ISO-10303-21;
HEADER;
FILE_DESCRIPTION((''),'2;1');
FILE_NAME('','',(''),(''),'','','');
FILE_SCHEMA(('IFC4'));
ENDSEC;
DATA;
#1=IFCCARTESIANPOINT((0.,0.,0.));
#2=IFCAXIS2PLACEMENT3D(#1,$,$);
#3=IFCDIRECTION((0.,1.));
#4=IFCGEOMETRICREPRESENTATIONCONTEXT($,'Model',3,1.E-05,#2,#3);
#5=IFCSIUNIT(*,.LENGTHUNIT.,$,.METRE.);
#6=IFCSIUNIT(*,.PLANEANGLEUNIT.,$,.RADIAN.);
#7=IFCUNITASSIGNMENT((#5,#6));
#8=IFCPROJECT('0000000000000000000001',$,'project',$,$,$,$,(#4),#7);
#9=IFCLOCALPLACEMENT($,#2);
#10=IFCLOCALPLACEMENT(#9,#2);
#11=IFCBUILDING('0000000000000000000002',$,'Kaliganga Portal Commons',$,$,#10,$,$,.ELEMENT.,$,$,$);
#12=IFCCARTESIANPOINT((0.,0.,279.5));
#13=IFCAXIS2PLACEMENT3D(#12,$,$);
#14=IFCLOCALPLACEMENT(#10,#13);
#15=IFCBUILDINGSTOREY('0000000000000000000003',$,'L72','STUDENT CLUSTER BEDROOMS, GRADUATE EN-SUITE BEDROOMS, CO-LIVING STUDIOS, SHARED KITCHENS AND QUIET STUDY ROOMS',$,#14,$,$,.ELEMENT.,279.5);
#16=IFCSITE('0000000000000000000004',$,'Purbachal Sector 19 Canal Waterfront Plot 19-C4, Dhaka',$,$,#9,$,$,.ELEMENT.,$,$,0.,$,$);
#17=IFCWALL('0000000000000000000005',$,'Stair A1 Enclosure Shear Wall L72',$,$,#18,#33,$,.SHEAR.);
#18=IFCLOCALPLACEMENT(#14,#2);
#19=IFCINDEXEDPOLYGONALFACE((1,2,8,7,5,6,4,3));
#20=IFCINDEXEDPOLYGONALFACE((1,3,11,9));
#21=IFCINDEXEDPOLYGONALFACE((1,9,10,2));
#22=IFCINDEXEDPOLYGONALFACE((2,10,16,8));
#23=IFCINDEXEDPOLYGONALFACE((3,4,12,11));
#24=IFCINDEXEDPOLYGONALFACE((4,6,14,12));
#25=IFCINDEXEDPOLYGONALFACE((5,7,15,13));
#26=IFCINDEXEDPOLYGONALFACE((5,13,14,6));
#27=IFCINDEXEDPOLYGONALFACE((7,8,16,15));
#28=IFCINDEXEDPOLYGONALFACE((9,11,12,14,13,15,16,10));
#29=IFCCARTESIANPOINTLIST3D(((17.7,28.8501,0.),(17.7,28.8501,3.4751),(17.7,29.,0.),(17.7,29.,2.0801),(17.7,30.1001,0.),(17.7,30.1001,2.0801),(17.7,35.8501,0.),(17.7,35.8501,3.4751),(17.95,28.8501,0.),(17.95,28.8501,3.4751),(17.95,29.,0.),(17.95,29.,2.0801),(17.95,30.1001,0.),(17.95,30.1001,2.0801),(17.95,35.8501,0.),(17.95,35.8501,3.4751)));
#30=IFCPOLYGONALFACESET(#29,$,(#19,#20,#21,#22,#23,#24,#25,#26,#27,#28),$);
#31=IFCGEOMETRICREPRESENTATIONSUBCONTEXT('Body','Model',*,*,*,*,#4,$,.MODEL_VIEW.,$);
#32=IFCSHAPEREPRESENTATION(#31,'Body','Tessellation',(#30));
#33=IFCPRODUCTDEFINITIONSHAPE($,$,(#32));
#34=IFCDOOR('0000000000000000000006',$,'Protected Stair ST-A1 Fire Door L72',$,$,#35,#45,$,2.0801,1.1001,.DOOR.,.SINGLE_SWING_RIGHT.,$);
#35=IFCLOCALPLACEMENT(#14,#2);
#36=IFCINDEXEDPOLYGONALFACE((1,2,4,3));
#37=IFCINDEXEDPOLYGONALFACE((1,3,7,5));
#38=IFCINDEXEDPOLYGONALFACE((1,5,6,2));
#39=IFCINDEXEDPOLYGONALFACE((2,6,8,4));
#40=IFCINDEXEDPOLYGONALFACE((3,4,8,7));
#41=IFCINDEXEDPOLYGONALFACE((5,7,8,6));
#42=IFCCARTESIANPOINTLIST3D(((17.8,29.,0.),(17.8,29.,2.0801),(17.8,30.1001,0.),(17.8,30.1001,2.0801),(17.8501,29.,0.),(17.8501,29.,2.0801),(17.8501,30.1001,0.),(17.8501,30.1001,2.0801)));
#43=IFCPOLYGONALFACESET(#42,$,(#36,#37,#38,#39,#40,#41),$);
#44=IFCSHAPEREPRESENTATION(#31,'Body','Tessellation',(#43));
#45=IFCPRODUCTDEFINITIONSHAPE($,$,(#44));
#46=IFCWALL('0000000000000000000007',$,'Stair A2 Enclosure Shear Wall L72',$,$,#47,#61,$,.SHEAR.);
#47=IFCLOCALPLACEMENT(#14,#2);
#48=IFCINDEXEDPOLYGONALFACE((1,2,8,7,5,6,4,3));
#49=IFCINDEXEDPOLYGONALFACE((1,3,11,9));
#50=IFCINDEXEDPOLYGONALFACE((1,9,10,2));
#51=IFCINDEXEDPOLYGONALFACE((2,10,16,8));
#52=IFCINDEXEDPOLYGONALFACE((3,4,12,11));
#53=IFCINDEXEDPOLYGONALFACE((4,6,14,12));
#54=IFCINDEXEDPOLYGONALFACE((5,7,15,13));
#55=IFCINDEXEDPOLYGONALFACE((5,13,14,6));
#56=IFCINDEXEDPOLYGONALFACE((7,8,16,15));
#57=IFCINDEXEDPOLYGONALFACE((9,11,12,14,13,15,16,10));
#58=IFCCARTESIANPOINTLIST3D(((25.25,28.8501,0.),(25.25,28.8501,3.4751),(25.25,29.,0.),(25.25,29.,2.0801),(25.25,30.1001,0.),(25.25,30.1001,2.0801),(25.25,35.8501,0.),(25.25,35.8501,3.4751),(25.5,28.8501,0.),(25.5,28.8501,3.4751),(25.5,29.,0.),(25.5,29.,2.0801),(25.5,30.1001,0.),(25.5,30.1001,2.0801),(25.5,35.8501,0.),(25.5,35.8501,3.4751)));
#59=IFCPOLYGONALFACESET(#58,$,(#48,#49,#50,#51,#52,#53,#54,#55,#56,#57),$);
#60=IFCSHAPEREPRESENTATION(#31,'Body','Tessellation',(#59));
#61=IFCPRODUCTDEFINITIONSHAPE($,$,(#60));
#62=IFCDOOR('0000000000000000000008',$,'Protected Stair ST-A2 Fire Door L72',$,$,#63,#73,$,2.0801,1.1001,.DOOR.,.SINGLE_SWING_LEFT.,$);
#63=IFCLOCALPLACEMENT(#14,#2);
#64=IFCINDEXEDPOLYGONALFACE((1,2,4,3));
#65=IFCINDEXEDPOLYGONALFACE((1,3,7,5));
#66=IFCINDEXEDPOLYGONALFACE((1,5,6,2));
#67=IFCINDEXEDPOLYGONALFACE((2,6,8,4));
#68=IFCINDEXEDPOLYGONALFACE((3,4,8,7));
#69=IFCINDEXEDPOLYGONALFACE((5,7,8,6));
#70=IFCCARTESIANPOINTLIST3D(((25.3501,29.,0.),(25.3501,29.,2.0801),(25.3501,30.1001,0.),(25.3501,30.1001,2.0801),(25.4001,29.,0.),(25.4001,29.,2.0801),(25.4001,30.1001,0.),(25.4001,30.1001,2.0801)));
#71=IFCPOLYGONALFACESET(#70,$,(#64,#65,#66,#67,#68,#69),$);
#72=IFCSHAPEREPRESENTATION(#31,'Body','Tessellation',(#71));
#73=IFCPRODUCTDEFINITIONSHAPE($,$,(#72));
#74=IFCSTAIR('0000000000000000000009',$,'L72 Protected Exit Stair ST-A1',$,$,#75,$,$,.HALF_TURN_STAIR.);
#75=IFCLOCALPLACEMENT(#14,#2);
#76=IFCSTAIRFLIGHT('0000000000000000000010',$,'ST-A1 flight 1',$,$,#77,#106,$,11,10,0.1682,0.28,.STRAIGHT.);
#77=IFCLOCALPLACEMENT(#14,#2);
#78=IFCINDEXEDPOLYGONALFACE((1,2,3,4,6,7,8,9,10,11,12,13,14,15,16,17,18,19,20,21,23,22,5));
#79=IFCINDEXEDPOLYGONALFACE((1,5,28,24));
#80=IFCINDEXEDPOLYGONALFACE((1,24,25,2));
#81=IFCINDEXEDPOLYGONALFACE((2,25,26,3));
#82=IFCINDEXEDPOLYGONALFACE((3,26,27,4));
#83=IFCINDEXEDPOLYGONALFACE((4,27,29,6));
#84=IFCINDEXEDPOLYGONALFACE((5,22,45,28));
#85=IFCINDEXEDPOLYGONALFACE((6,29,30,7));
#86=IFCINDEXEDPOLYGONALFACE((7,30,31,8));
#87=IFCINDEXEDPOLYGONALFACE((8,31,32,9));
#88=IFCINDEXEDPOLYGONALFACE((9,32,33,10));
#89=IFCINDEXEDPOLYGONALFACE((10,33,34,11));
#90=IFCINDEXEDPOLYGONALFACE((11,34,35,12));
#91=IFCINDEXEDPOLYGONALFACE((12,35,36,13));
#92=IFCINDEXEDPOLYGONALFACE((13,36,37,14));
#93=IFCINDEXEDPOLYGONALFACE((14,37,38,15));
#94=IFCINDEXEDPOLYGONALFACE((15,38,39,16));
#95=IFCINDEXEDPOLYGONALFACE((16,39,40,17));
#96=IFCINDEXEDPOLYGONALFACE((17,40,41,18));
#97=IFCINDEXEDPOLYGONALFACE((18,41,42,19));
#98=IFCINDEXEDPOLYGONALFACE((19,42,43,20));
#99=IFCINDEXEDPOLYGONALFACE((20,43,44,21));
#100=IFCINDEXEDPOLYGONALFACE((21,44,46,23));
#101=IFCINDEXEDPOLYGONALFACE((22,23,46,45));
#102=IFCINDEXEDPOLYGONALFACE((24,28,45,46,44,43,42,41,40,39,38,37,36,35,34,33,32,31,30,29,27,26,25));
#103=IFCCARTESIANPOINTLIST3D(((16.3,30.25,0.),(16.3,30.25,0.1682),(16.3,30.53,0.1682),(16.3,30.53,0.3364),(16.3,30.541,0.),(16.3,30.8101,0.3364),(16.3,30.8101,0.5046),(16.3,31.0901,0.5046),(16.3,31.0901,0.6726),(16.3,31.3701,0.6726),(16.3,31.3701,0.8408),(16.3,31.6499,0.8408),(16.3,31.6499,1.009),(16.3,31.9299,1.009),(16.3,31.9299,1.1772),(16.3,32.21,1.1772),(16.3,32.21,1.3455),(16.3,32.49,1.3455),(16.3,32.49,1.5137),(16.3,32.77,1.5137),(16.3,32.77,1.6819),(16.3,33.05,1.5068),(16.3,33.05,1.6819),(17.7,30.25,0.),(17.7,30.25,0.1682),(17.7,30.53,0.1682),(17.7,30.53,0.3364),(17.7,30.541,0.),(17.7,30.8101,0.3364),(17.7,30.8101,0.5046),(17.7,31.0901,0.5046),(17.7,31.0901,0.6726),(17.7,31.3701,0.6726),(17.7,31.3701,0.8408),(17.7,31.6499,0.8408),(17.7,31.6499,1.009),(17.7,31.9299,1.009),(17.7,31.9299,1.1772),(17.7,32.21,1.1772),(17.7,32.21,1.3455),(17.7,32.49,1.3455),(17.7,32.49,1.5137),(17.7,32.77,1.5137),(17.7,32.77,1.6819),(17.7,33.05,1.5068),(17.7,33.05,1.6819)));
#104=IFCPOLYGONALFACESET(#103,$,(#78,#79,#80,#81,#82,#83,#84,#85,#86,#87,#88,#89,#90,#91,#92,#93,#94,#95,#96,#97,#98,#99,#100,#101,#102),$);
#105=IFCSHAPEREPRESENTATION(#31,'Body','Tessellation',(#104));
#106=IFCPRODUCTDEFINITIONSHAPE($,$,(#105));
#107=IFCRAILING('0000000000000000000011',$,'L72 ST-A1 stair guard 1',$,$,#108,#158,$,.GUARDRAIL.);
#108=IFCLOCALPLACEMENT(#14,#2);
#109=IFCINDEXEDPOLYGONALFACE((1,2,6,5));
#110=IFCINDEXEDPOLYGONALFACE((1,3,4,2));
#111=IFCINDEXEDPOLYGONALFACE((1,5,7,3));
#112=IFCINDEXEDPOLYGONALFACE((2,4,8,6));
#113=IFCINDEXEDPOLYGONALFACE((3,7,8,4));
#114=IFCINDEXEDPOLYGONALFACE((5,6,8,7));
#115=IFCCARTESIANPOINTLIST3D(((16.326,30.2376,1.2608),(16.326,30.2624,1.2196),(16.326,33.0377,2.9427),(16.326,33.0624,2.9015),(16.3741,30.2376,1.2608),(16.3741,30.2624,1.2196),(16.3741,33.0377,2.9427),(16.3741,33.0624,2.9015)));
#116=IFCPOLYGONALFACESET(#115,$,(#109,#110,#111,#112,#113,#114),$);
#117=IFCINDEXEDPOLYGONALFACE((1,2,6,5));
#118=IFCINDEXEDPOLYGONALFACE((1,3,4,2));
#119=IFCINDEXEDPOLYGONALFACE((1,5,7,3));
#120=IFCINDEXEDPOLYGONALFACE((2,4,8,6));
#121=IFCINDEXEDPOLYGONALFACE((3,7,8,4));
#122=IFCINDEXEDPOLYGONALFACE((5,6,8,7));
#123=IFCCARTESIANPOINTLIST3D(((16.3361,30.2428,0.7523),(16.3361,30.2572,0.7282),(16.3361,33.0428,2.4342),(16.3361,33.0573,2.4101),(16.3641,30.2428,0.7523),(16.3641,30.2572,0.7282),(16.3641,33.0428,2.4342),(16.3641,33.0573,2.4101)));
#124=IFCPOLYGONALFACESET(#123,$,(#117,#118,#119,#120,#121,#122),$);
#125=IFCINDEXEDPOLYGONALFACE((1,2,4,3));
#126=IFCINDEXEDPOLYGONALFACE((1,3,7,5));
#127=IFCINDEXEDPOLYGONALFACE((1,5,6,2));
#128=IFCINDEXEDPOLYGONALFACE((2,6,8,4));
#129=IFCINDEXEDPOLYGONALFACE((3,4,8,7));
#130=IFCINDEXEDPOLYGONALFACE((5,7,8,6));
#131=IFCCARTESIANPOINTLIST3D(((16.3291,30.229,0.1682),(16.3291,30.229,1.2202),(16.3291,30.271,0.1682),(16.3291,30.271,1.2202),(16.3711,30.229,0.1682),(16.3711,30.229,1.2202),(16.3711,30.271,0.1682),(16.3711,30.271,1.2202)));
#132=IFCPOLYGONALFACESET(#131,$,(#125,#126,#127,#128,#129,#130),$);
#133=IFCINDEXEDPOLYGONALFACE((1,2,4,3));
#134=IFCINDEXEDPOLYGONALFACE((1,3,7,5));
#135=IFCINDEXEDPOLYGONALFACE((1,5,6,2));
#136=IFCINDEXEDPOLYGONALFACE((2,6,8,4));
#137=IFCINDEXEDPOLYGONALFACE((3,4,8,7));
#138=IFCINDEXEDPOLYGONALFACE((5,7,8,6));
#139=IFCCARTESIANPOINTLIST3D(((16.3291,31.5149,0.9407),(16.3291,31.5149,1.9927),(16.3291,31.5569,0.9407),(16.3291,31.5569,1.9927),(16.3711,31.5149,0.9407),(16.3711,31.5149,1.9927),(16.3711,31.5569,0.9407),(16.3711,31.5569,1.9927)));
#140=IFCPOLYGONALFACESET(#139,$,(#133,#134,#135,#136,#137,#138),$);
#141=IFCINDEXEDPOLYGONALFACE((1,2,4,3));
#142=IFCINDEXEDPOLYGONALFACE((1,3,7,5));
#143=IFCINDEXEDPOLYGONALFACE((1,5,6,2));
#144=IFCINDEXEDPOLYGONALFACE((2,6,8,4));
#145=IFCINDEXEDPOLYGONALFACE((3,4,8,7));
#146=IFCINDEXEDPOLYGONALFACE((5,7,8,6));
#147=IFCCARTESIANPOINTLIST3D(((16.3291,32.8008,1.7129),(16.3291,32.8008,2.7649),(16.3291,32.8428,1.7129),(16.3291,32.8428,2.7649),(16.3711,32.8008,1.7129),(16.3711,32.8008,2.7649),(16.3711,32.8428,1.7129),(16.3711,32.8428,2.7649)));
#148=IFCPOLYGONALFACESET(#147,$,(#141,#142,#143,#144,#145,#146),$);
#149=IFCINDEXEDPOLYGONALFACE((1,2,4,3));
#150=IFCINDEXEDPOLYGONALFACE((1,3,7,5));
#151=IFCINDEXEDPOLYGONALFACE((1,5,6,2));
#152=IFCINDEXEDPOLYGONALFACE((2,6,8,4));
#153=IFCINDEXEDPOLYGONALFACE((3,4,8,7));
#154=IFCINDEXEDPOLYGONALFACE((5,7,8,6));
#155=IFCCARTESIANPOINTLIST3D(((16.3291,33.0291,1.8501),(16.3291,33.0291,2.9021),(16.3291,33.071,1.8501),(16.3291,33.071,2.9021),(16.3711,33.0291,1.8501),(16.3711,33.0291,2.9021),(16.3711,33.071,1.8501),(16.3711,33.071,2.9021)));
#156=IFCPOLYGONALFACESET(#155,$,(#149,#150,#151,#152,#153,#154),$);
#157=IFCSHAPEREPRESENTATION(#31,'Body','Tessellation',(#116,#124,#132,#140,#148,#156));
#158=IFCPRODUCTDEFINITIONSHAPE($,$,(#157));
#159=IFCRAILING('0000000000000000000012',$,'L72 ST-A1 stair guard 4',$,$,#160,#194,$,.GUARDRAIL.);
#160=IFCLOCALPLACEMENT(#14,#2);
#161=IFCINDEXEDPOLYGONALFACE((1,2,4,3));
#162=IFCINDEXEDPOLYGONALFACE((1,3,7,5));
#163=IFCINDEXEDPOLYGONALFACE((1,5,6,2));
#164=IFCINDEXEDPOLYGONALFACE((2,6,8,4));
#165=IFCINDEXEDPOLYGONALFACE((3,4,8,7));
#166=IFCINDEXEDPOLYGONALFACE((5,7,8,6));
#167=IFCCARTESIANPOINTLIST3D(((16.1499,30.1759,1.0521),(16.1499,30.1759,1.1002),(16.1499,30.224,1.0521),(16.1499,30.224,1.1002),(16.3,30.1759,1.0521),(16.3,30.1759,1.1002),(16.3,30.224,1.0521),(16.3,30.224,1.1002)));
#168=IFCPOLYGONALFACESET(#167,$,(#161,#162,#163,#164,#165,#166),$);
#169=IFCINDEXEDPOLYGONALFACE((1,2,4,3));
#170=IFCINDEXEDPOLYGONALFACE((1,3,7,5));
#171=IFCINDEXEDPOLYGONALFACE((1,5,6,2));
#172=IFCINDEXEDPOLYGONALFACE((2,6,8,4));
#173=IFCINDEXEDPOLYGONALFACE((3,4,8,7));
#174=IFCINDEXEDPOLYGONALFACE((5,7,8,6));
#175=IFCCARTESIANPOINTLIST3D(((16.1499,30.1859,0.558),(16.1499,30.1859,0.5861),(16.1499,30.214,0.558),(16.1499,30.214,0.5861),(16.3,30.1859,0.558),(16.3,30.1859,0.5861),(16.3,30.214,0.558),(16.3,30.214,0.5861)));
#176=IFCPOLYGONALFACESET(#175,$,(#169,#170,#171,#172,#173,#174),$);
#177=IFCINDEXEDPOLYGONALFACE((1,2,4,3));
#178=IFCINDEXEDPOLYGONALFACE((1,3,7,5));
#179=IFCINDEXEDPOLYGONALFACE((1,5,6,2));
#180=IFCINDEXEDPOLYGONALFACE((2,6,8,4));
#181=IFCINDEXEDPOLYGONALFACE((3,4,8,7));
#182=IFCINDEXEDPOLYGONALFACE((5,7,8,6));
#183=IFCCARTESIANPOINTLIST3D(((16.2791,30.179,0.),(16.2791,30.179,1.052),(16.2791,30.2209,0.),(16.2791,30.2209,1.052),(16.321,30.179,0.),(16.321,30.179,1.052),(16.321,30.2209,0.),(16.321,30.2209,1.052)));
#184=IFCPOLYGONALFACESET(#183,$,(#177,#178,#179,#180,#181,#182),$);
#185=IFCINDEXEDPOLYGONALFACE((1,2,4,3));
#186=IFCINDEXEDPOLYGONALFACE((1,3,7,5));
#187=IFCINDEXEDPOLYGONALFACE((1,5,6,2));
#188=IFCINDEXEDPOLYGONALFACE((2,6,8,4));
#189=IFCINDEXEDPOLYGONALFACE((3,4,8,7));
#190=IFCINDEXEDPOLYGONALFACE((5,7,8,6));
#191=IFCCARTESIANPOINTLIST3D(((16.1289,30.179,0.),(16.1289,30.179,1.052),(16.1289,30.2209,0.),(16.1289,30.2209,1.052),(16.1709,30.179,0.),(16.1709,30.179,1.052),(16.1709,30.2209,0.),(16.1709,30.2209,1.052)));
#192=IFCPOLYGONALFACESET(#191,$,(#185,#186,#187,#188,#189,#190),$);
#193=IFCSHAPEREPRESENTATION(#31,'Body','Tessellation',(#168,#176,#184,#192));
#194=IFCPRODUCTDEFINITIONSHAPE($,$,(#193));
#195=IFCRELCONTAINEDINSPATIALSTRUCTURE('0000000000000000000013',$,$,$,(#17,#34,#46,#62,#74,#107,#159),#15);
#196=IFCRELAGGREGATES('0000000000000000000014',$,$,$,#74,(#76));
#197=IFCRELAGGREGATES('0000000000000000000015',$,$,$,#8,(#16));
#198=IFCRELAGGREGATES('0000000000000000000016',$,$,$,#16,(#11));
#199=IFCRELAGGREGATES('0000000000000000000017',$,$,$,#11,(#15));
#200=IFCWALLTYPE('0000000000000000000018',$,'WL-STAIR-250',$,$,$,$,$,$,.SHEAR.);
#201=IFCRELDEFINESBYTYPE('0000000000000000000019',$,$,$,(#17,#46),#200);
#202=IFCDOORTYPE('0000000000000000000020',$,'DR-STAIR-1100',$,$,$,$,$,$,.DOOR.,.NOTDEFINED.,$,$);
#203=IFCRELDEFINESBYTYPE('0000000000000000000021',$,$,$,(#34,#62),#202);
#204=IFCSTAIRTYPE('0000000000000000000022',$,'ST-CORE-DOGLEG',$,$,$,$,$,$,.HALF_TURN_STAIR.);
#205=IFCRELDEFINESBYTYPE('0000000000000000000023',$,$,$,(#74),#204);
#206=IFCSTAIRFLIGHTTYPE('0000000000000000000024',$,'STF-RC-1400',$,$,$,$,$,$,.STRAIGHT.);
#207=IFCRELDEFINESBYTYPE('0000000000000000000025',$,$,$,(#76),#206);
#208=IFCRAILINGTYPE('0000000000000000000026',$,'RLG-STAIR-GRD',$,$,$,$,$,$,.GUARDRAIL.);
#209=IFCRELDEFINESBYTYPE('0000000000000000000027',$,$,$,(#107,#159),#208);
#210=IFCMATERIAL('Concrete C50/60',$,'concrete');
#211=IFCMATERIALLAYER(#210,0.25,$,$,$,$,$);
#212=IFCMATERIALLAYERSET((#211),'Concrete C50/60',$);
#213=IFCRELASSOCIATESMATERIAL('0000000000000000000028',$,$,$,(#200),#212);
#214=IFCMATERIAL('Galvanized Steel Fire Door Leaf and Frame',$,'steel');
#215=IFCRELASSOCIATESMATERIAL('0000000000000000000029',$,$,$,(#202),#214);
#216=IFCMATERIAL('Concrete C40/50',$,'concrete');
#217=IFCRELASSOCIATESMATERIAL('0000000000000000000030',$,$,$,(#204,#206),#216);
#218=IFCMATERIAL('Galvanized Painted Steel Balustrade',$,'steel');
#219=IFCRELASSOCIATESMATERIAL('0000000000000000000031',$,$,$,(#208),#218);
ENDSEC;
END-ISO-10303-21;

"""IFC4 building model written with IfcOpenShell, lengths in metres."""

from ifc_helpers import new_model, si_unit, direction, frame, frame_2d, origin, origin_2d, place, context, subcontext, project, spatial, polyline, rectangle, outline, extrude, material, layer, layer_set, type_object, element, fill, aggregate, save


model = new_model("IFC4")

# Units and contexts
model_context = context("Model", 3, precision=1e-05, world=origin(), true_north=direction((0.0, 1.0)))
body_context = subcontext(model_context, "Body", "Model", "MODEL_VIEW")
ifc_project = project(units=[si_unit("LENGTHUNIT", "METRE"), si_unit("PLANEANGLEUNIT", "RADIAN")], contexts=[model_context])

# Site, building, storey
site_placement = place(None, origin())
site = spatial("IfcSite", under=ifc_project, at=site_placement, Name="Purbachal Sector 19 Canal Waterfront Plot 19-C4, Dhaka", CompositionType="ELEMENT", RefElevation=0.0)
building_placement = place(site_placement, origin())
building = spatial("IfcBuilding", under=site, at=building_placement, Name="Kaliganga Portal Commons", CompositionType="ELEMENT")
storey_placement = place(building_placement, frame((0.0, 0.0, 279.5)))
storey = spatial("IfcBuildingStorey", under=building, at=storey_placement, Name="L72", Description="STUDENT CLUSTER BEDROOMS, GRADUATE EN-SUITE BEDROOMS, CO-LIVING STUDIOS, SHARED KITCHENS AND QUIET STUDY ROOMS", CompositionType="ELEMENT", Elevation=279.5)

# Shared definitions
ifc_material_1 = material(Name="Concrete C50/60", Category="concrete")

# Walls, openings, doors
ifc_layer_1 = layer(ifc_material_1, 0.25)
ifc_layer_set_1 = layer_set([ifc_layer_1], Name="Concrete C50/60")
wall_type_1 = type_object("IfcWallType", Name="WL-STAIR-250", PredefinedType="SHEAR", material=ifc_layer_set_1)
wall_1_placement = place(storey_placement, frame((17.825, 28.8501, 0.0), z_axis=(0.0, 0.0, 1.0), x_axis=(0.0, 1.0, 0.0)))
wall_1 = element("IfcWall", 1, at=wall_1_placement, inside=storey, type_object=wall_type_1, Name="Stair A1 Enclosure Shear Wall L72", PredefinedType="SHEAR", context=body_context, shape_type="SweptSolid", body=[
    extrude(rectangle(XDim=7.0, YDim=0.25, at=frame_2d((3.5, 0.0))), origin(), (0.0, 0.0, 1.0), 3.4751),
])
opening_1_placement = place(wall_1_placement, frame((0.1499, 0.0, 0.0)))
opening_1 = element("IfcOpeningElement", 2, at=opening_1_placement, cuts=wall_1, PredefinedType="OPENING", context=body_context, shape_type="SweptSolid", body=[
    extrude(rectangle(XDim=1.1001, YDim=2.0801, at=frame_2d((0.55, 1.04))), frame((0.0, 0.135, 0.0), z_axis=(0.0, -1.0, 0.0), x_axis=(1.0, 0.0, 0.0)), (0.0, 0.0, 1.0), 0.27),
])
ifc_material_2 = material(Name="Galvanized Steel Fire Door Leaf and Frame", Category="steel")
door_type_1 = type_object("IfcDoorType", Name="DR-STAIR-1100", OperationType="NOTDEFINED", PredefinedType="DOOR", material=ifc_material_2)
door_1_placement = place(opening_1_placement, origin())
door_1 = element("IfcDoor", 3, at=door_1_placement, inside=storey, type_object=door_type_1, Name="Protected Stair ST-A1 Fire Door L72", OperationType="SINGLE_SWING_RIGHT", OverallHeight=2.0801, OverallWidth=1.1001, PredefinedType="DOOR", context=body_context, shape_type="SweptSolid", body=[
    extrude(rectangle(XDim=1.1001, YDim=2.0801, at=frame_2d((0.55, 1.04))), frame((0.0, 0.0249, 0.0), z_axis=(0.0, -1.0, 0.0), x_axis=(1.0, 0.0, 0.0)), (0.0, 0.0, 1.0), 0.05),
])
fill(opening_1, door_1)
wall_2_placement = place(storey_placement, frame((25.375, 28.8501, 0.0), z_axis=(0.0, 0.0, 1.0), x_axis=(0.0, 1.0, 0.0)))
wall_2 = element("IfcWall", 4, at=wall_2_placement, inside=storey, type_object=wall_type_1, Name="Stair A2 Enclosure Shear Wall L72", PredefinedType="SHEAR", context=body_context, shape_type="SweptSolid", body=[
    extrude(rectangle(XDim=7.0, YDim=0.25, at=frame_2d((3.5, 0.0))), origin(), (0.0, 0.0, 1.0), 3.4751),
])
opening_2_placement = place(wall_2_placement, frame((0.1499, 0.0, 0.0)))
opening_2 = element("IfcOpeningElement", 5, at=opening_2_placement, cuts=wall_2, PredefinedType="OPENING", context=body_context, shape_type="SweptSolid", body=[
    extrude(rectangle(XDim=1.1001, YDim=2.0801, at=frame_2d((0.55, 1.04))), frame((0.0, 0.135, 0.0), z_axis=(0.0, -1.0, 0.0), x_axis=(1.0, 0.0, 0.0)), (0.0, 0.0, 1.0), 0.27),
])
door_2_placement = place(opening_2_placement, origin())
door_2 = element("IfcDoor", 6, at=door_2_placement, inside=storey, type_object=door_type_1, Name="Protected Stair ST-A2 Fire Door L72", OperationType="SINGLE_SWING_LEFT", OverallHeight=2.0801, OverallWidth=1.1001, PredefinedType="DOOR", context=body_context, shape_type="SweptSolid", body=[
    extrude(rectangle(XDim=1.1001, YDim=2.0801, at=frame_2d((0.55, 1.04))), frame((0.0, 0.0249, 0.0), z_axis=(0.0, -1.0, 0.0), x_axis=(1.0, 0.0, 0.0)), (0.0, 0.0, 1.0), 0.05),
])
fill(opening_2, door_2)

# Stair, stair flight
ifc_material_3 = material(Name="Concrete C40/50", Category="concrete")
stair_type = type_object("IfcStairType", Name="ST-CORE-DOGLEG", PredefinedType="HALF_TURN_STAIR", material=ifc_material_3)
stair_placement = place(storey_placement, origin())
stair = element("IfcStair", 7, at=stair_placement, inside=storey, type_object=stair_type, Name="L72 Protected Exit Stair ST-A1", PredefinedType="HALF_TURN_STAIR")
stair_flight_type = type_object("IfcStairFlightType", Name="STF-RC-1400", PredefinedType="STRAIGHT", material=ifc_material_3)
stair_flight_placement = place(storey_placement, frame((17.0, 30.25, 0.0), z_axis=(0.0, 0.0, 1.0), x_axis=(0.0, 1.0, 0.0)))
stair_flight = element("IfcStairFlight", 8, at=stair_flight_placement, type_object=stair_flight_type, Name="ST-A1 flight 1", NumberOfRisers=11, NumberOfTreads=10, PredefinedType="STRAIGHT", RiserHeight=0.1682, TreadLength=0.28, context=body_context, shape_type="SweptSolid", body=[
    extrude(outline(polyline([(0.0, 0.0), (0.0, 0.1682), (0.28, 0.1682), (0.28, 0.3364), (0.5601, 0.3364), (0.5601, 0.5046), (0.8401, 0.5046), (0.8401, 0.6726), (1.1201, 0.6726), (1.1201, 0.8408), (1.3999, 0.8408), (1.3999, 1.009), (1.6799, 1.009), (1.6799, 1.1772), (1.96, 1.1772), (1.96, 1.3455), (2.24, 1.3455), (2.24, 1.5137), (2.52, 1.5137), (2.52, 1.6819), (2.8, 1.6819), (2.8, 1.8501), (2.8, 1.5068), (0.291, 0.0), (0.0, 0.0)])), frame((0.0, 0.7, 0.0), z_axis=(0.0, -1.0, 0.0), x_axis=(1.0, 0.0, 0.0)), (0.0, 0.0, 1.0), 1.3999),
])
aggregate(stair, [stair_flight])

# Railings
ifc_material_4 = material(Name="Galvanized Painted Steel Balustrade", Category="steel")
railing_type_1 = type_object("IfcRailingType", Name="RLG-STAIR-GRD", PredefinedType="GUARDRAIL", material=ifc_material_4)
railing_1_placement = place(storey_placement, frame((16.3501, 30.25, 0.1682)))
element("IfcRailing", 9, at=railing_1_placement, inside=storey, type_object=railing_type_1, Name="L72 ST-A1 stair guard 1", PredefinedType="GUARDRAIL", context=body_context, shape_type="SweptSolid", body=[
    extrude(rectangle(XDim=0.0481, YDim=0.0481, at=origin_2d()), frame((0.0, 0.0, 1.072), z_axis=(0.0, 0.857242, 0.514913), x_axis=(-1.0, 0.0, 0.0)), (0.0, 0.0, 1.0), 3.2664),
    extrude(rectangle(XDim=0.0281, YDim=0.0281, at=origin_2d()), frame((0.0, 0.0, 0.572), z_axis=(0.0, 0.857242, 0.514913), x_axis=(-1.0, 0.0, 0.0)), (0.0, 0.0, 1.0), 3.2664),
    extrude(rectangle(XDim=0.042, YDim=0.042, at=origin_2d()), origin(), (0.0, 0.0, 1.0), 1.052),
    extrude(rectangle(XDim=0.042, YDim=0.042, at=origin_2d()), frame((0.0, 1.2859, 0.7725)), (0.0, 0.0, 1.0), 1.052),
    extrude(rectangle(XDim=0.042, YDim=0.042, at=origin_2d()), frame((0.0, 2.5718, 1.5447)), (0.0, 0.0, 1.0), 1.052),
    extrude(rectangle(XDim=0.042, YDim=0.042, at=origin_2d()), frame((0.0, 2.8, 1.6819)), (0.0, 0.0, 1.0), 1.052),
])
railing_2_placement = place(storey_placement, frame((16.3, 30.2, 0.0)))
element("IfcRailing", 10, at=railing_2_placement, inside=storey, type_object=railing_type_1, Name="L72 ST-A1 stair guard 4", PredefinedType="GUARDRAIL", context=body_context, shape_type="SweptSolid", body=[
    extrude(rectangle(XDim=0.0481, YDim=0.0481, at=origin_2d()), frame((0.0, 0.0, 1.0762), z_axis=(-1.0, 0.0, 0.0), x_axis=(0.0, -1.0, 0.0)), (0.0, 0.0, 1.0), 0.1501),
    extrude(rectangle(XDim=0.0281, YDim=0.0281, at=origin_2d()), frame((0.0, 0.0, 0.572), z_axis=(-1.0, 0.0, 0.0), x_axis=(0.0, -1.0, 0.0)), (0.0, 0.0, 1.0), 0.1501),
    extrude(rectangle(XDim=0.042, YDim=0.042, at=origin_2d()), origin(), (0.0, 0.0, 1.0), 1.052),
    extrude(rectangle(XDim=0.042, YDim=0.042, at=origin_2d()), frame((-0.1501, 0.0, 0.0)), (0.0, 0.0, 1.0), 1.052),
])

save(model, "model.ifc")
